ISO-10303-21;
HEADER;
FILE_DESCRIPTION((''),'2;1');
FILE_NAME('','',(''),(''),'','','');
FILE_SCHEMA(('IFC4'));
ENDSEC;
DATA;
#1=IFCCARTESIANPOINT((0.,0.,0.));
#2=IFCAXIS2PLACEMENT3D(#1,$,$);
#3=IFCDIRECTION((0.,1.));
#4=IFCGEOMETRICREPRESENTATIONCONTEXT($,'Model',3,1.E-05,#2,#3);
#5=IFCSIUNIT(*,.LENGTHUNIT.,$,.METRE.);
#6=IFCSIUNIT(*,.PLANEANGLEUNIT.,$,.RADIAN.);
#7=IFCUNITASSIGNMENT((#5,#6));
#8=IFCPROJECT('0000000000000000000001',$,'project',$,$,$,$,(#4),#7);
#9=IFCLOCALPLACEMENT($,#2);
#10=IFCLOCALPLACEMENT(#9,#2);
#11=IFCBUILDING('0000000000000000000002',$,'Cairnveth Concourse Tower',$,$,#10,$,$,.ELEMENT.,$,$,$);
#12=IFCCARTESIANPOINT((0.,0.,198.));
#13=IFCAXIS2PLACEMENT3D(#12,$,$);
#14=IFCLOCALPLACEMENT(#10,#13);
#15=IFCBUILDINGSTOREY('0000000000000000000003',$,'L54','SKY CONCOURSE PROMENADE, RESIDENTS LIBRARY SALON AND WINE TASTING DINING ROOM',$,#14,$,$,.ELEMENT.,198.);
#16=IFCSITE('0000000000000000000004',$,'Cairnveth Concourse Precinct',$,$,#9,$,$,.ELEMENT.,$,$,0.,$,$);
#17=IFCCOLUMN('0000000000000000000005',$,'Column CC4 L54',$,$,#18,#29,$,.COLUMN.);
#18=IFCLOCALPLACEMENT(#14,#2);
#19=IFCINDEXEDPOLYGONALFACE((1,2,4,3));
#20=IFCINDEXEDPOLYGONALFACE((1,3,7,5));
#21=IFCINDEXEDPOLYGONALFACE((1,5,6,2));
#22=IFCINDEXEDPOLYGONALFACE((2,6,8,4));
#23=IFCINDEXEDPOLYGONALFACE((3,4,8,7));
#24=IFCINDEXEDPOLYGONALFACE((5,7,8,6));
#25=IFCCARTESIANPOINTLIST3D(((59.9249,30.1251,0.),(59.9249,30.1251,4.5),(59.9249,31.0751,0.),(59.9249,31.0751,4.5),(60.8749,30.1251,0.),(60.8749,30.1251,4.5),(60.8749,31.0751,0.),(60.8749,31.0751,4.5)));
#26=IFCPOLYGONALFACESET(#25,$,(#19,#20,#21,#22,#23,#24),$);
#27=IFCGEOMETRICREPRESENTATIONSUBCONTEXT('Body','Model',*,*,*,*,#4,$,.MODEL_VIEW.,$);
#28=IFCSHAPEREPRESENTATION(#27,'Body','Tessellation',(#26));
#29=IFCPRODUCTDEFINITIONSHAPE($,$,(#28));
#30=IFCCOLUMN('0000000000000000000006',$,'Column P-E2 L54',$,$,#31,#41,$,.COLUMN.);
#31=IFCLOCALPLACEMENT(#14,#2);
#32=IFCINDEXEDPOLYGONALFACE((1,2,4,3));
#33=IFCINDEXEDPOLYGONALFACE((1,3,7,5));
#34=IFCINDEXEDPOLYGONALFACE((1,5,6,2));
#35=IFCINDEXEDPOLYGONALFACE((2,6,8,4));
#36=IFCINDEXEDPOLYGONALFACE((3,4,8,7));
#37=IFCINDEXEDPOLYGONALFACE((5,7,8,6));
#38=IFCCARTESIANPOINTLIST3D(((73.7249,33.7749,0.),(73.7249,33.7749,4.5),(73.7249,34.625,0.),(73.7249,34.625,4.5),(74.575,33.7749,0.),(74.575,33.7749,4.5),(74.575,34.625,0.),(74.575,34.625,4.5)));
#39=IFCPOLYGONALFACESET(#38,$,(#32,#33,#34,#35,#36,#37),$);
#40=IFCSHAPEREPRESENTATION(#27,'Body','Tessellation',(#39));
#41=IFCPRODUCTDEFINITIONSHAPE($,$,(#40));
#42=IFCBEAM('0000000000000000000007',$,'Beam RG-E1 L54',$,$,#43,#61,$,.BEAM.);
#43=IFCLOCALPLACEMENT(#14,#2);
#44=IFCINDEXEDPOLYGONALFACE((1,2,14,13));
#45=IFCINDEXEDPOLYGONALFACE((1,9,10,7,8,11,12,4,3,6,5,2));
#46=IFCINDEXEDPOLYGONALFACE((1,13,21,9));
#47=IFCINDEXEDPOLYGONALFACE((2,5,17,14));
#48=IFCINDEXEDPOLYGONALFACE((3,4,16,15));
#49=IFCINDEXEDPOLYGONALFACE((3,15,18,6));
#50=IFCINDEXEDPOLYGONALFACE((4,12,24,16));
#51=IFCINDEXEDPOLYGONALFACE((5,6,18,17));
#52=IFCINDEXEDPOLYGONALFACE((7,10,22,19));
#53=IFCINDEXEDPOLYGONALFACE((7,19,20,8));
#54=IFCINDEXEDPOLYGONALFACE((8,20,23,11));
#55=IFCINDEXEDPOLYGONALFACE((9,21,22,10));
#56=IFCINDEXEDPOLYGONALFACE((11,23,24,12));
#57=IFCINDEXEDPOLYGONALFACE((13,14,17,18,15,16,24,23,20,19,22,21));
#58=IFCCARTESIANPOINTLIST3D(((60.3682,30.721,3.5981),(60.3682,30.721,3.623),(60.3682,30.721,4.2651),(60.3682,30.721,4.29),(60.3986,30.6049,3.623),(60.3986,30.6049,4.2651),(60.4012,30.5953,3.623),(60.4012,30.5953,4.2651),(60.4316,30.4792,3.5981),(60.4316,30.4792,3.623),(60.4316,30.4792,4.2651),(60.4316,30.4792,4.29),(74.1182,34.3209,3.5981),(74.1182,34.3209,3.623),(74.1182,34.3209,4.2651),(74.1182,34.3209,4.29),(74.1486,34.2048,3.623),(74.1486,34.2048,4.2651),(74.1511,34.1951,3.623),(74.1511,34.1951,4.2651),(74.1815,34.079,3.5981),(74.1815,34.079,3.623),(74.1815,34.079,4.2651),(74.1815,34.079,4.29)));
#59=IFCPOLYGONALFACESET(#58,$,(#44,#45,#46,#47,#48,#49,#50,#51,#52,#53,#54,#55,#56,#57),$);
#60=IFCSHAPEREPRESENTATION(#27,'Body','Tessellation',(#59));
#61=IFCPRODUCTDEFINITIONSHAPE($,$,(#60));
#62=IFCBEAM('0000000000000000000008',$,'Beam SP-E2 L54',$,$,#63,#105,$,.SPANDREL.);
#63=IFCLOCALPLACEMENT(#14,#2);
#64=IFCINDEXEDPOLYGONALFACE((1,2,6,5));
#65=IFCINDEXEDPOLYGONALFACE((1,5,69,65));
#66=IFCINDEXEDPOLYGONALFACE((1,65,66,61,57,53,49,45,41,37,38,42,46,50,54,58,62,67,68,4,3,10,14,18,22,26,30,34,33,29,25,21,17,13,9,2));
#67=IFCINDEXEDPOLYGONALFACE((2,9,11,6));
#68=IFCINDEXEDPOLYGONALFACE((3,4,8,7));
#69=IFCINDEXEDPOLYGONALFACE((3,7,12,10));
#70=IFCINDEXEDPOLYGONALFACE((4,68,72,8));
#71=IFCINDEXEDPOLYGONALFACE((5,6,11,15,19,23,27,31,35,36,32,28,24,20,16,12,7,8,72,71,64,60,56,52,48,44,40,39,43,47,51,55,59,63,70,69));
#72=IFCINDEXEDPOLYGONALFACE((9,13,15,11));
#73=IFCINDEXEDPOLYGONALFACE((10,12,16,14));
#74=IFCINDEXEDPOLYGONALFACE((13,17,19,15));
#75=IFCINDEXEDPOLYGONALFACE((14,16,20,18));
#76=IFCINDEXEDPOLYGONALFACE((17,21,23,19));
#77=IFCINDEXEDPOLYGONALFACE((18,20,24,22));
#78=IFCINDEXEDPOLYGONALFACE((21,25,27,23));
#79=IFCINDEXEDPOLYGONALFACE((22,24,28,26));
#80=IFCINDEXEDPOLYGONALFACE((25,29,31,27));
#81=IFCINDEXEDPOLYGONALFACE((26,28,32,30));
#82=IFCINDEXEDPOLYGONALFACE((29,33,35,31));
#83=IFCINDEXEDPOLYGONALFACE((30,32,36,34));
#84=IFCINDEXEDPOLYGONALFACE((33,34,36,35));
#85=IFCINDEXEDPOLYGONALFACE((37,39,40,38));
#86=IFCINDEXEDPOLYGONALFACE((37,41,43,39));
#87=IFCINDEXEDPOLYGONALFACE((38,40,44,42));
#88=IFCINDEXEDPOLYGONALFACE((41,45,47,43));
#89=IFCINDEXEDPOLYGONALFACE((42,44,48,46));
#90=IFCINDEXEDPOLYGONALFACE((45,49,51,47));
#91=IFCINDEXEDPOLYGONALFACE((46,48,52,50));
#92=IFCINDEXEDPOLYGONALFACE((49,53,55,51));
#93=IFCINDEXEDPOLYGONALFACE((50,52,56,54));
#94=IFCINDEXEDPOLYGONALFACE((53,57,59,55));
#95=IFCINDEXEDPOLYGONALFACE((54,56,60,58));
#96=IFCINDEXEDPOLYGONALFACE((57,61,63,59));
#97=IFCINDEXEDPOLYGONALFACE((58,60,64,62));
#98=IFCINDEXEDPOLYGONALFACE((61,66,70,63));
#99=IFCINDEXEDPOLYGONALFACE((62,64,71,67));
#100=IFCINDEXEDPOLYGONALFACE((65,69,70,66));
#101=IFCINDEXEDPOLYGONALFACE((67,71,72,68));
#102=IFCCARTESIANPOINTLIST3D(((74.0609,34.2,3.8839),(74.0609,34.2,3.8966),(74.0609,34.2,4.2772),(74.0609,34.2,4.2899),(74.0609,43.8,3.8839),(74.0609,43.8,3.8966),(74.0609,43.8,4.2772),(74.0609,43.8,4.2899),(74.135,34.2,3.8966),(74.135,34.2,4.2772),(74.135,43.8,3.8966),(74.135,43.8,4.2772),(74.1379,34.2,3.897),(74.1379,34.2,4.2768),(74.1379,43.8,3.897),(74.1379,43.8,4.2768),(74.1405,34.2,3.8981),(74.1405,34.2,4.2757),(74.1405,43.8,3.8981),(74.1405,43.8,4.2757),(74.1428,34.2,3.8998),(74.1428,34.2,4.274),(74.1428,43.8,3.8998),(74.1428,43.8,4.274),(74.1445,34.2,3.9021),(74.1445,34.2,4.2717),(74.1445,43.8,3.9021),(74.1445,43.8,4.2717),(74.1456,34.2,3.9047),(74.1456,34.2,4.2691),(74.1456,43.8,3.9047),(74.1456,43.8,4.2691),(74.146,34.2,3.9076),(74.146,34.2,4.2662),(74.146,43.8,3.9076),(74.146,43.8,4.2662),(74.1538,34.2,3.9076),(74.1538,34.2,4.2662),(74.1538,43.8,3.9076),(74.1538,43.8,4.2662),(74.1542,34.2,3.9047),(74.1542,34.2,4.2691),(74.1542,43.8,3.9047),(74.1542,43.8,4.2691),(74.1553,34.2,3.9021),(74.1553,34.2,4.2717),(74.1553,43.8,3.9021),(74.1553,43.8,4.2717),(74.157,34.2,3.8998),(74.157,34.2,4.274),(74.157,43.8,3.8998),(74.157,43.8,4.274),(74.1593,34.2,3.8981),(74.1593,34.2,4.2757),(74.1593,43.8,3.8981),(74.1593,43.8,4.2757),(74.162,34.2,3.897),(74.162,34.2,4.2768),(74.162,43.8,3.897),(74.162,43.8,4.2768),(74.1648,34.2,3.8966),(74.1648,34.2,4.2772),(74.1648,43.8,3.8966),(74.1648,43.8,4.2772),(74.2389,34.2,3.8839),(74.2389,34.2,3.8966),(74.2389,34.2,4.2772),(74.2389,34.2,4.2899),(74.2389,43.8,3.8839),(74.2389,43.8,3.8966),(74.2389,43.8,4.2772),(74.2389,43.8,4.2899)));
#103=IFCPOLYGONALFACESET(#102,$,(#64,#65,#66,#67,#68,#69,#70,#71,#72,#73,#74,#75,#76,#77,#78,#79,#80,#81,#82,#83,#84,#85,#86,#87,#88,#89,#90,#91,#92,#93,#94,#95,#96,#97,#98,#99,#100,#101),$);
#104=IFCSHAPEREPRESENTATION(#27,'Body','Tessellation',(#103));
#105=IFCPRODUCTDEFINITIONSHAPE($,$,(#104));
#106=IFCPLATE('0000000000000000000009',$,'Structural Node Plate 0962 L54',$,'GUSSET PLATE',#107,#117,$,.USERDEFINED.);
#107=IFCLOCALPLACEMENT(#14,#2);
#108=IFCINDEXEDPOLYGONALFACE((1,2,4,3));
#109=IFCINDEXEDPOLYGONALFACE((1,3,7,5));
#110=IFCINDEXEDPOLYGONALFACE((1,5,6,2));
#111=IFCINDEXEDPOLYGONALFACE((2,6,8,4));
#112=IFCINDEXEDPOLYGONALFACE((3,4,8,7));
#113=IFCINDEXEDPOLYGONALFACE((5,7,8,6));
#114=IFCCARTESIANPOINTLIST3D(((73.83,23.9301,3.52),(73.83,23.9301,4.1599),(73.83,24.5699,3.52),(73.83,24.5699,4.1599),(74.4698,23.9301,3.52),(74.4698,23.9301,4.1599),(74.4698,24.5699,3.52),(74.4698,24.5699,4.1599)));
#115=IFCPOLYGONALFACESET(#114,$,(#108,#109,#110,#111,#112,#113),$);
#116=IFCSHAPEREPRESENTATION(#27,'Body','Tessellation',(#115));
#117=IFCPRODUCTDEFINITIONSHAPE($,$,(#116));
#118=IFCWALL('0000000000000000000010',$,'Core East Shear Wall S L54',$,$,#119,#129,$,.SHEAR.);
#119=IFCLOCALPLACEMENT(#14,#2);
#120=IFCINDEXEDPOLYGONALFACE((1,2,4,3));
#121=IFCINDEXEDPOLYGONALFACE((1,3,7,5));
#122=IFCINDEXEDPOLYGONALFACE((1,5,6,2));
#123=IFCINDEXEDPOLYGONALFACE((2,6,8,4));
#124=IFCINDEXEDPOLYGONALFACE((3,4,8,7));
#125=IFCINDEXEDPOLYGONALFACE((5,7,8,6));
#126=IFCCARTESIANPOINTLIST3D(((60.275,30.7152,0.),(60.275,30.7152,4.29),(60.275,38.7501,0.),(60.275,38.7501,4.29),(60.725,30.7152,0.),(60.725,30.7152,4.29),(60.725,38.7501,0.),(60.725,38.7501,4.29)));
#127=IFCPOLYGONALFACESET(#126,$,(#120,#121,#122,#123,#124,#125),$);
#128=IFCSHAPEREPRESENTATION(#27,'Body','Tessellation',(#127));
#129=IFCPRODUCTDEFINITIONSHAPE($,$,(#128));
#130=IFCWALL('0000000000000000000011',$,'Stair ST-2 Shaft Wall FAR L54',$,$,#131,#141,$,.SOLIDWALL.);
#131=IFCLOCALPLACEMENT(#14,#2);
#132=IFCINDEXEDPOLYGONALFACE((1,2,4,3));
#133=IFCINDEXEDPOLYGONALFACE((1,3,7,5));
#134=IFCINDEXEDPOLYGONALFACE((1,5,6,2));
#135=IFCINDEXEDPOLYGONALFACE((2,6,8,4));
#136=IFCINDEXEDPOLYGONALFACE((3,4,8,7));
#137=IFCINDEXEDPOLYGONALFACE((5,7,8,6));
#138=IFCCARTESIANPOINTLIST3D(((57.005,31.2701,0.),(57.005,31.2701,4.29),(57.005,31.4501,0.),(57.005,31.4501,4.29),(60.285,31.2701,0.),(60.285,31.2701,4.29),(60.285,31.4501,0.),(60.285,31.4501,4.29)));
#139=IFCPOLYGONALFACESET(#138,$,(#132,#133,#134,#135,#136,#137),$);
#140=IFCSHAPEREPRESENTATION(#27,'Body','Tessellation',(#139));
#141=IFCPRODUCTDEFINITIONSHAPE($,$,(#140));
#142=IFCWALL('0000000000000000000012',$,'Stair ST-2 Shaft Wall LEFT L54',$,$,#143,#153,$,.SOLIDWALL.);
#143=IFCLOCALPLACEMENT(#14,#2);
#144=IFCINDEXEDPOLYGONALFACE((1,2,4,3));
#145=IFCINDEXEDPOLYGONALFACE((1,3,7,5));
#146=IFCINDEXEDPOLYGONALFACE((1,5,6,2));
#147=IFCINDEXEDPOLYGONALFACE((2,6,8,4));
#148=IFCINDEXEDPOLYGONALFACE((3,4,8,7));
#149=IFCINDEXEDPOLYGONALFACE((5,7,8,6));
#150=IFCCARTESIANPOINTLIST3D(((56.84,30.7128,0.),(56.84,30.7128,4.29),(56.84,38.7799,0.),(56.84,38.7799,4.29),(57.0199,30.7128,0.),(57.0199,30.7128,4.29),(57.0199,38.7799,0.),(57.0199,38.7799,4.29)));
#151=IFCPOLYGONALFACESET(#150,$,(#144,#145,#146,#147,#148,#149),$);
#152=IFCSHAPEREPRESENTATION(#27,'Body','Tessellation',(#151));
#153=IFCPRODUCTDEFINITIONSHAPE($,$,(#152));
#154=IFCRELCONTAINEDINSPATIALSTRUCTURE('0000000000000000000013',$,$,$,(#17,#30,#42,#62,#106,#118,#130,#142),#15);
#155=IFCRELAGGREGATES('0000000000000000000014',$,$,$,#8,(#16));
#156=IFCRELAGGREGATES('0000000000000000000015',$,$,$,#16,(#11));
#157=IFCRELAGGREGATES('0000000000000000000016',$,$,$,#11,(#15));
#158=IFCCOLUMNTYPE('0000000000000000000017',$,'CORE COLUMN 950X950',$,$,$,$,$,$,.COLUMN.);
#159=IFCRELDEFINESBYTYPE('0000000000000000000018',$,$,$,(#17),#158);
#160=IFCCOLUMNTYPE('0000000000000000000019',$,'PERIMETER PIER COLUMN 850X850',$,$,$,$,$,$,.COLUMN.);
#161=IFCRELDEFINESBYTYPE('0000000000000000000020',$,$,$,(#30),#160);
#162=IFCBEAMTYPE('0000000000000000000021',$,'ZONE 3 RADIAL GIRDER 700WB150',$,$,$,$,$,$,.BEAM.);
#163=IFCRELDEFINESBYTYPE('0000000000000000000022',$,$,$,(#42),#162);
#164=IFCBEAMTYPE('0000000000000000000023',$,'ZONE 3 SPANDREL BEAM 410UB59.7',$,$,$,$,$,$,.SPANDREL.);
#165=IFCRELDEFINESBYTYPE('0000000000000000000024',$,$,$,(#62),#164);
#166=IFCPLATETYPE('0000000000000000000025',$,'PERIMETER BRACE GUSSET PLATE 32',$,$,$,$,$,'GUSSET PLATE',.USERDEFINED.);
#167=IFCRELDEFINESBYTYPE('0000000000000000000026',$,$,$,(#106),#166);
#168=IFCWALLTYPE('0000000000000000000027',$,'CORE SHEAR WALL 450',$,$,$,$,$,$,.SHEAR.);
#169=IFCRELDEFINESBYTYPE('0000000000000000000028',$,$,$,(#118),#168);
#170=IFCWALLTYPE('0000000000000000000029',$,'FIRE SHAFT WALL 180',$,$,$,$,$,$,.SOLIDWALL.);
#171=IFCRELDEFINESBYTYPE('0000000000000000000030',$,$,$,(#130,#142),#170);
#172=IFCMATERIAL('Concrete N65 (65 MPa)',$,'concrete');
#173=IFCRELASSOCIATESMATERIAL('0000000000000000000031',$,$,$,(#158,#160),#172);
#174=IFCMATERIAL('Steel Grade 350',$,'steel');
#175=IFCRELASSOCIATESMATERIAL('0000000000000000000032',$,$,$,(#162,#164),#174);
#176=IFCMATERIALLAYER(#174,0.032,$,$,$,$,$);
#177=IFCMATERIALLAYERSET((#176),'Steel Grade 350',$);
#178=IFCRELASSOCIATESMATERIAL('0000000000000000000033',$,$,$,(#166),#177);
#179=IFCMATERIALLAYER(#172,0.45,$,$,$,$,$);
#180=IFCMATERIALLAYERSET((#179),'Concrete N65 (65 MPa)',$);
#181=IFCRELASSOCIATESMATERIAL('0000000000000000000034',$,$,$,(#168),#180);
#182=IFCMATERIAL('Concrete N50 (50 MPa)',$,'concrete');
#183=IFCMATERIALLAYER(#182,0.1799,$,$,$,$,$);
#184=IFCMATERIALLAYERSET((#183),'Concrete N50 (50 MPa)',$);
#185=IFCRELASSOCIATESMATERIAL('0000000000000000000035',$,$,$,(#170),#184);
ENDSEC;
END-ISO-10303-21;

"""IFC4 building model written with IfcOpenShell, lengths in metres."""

from ifc_helpers import new_model, si_unit, direction, frame, frame_2d, origin, origin_2d, place, context, subcontext, project, spatial, rectangle, i_section, extrude, material, layer, layer_set, material_profile, profile_set, type_object, element, save


model = new_model("IFC4")

# Units and contexts
model_context = context("Model", 3, precision=1e-05, world=origin(), true_north=direction((0.0, 1.0)))
body_context = subcontext(model_context, "Body", "Model", "MODEL_VIEW")
ifc_project = project(units=[si_unit("LENGTHUNIT", "METRE"), si_unit("PLANEANGLEUNIT", "RADIAN")], contexts=[model_context])

# Site, building, storey
site_placement = place(None, origin())
site = spatial("IfcSite", under=ifc_project, at=site_placement, Name="Cairnveth Concourse Precinct", CompositionType="ELEMENT", RefElevation=0.0)
building_placement = place(site_placement, origin())
building = spatial("IfcBuilding", under=site, at=building_placement, Name="Cairnveth Concourse Tower", CompositionType="ELEMENT")
storey_placement = place(building_placement, frame((0.0, 0.0, 198.0)))
storey = spatial("IfcBuildingStorey", under=building, at=storey_placement, Name="L54", Description="SKY CONCOURSE PROMENADE, RESIDENTS LIBRARY SALON AND WINE TASTING DINING ROOM", CompositionType="ELEMENT", Elevation=198.0)

# Columns
ifc_material_1 = material(Name="Concrete N65 (65 MPa)", Category="concrete")
ifc_material_profile_1 = material_profile(ifc_material_1, rectangle(XDim=0.95, YDim=0.95, at=origin_2d()), Name="RC-COL-950x950")
ifc_profile_set_1 = profile_set([ifc_material_profile_1], Name="Concrete N65 (65 MPa)")
column_type_1 = type_object("IfcColumnType", Name="CORE COLUMN 950X950", PredefinedType="COLUMN", material=ifc_profile_set_1)
column_1_placement = place(storey_placement, frame((60.3999, 30.6001, 0.0), z_axis=(0.0, 0.0, 1.0), x_axis=(1.0, 0.0, 0.0)))
element("IfcColumn", 1, at=column_1_placement, inside=storey, type_object=column_type_1, Name="Column CC4 L54", PredefinedType="COLUMN", context=body_context, shape_type="SweptSolid", body=[
    extrude(rectangle(XDim=0.95, YDim=0.95, at=origin_2d()), origin(), (0.0, 0.0, 1.0), 4.5),
])
ifc_material_profile_2 = material_profile(ifc_material_1, rectangle(XDim=0.8501, YDim=0.8501, at=origin_2d()), Name="RC-COL-850x850")
ifc_profile_set_2 = profile_set([ifc_material_profile_2], Name="Concrete N65 (65 MPa)")
column_type_2 = type_object("IfcColumnType", Name="PERIMETER PIER COLUMN 850X850", PredefinedType="COLUMN", material=ifc_profile_set_2)
column_2_placement = place(storey_placement, frame((74.1499, 34.2, 0.0), z_axis=(0.0, 0.0, 1.0), x_axis=(0.0, 1.0, 0.0)))
element("IfcColumn", 2, at=column_2_placement, inside=storey, type_object=column_type_2, Name="Column P-E2 L54", PredefinedType="COLUMN", context=body_context, shape_type="SweptSolid", body=[
    extrude(rectangle(XDim=0.8501, YDim=0.8501, at=origin_2d()), origin(), (0.0, 0.0, 1.0), 4.5),
])

# Beams
ifc_material_2 = material(Name="Steel Grade 350", Category="steel")
ifc_material_profile_3 = material_profile(ifc_material_2, i_section(OverallWidth=0.25, OverallDepth=0.6919, WebThickness=0.01, FlangeThickness=0.0249, at=origin_2d()), Name="700WB150")
ifc_profile_set_3 = profile_set([ifc_material_profile_3], Name="Steel Grade 350")
beam_type_1 = type_object("IfcBeamType", Name="ZONE 3 RADIAL GIRDER 700WB150", PredefinedType="BEAM", material=ifc_profile_set_3)
beam_1_placement = place(storey_placement, frame((60.3999, 30.6001, 3.9441), z_axis=(0.967395, 0.253271, 0.0), x_axis=(-0.253271, 0.967395, 0.0)))
element("IfcBeam", 3, at=beam_1_placement, inside=storey, type_object=beam_type_1, Name="Beam RG-E1 L54", PredefinedType="BEAM", context=body_context, shape_type="SweptSolid", body=[
    extrude(i_section(OverallWidth=0.25, OverallDepth=0.6919, WebThickness=0.01, FlangeThickness=0.0249, at=origin_2d()), origin(), (0.0, 0.0, 1.0), 14.2134),
])
ifc_material_profile_4 = material_profile(ifc_material_2, i_section(OverallWidth=0.178, OverallDepth=0.406, WebThickness=0.0078, FlangeThickness=0.0127, FilletRadius=0.011, at=origin_2d()), Name="410UB59.7")
ifc_profile_set_4 = profile_set([ifc_material_profile_4], Name="Steel Grade 350")
beam_type_2 = type_object("IfcBeamType", Name="ZONE 3 SPANDREL BEAM 410UB59.7", PredefinedType="SPANDREL", material=ifc_profile_set_4)
beam_2_placement = place(storey_placement, frame((74.1499, 34.2, 4.0869), z_axis=(0.0, 1.0, 0.0), x_axis=(-1.0, 0.0, 0.0)))
element("IfcBeam", 4, at=beam_2_placement, inside=storey, type_object=beam_type_2, Name="Beam SP-E2 L54", PredefinedType="SPANDREL", context=body_context, shape_type="SweptSolid", body=[
    extrude(i_section(OverallWidth=0.178, OverallDepth=0.406, WebThickness=0.0078, FlangeThickness=0.0127, FilletRadius=0.011, at=origin_2d()), origin(), (0.0, 0.0, 1.0), 9.6001),
])

# Plate
ifc_layer_1 = layer(ifc_material_2, 0.032)
ifc_layer_set_1 = layer_set([ifc_layer_1], Name="Steel Grade 350")
plate_type = type_object("IfcPlateType", Name="PERIMETER BRACE GUSSET PLATE 32", ElementType="GUSSET PLATE", PredefinedType="USERDEFINED", material=ifc_layer_set_1)
plate_placement = place(storey_placement, frame((74.1499, 24.25, 3.52), z_axis=(0.0, 0.0, 1.0), x_axis=(1.0, 0.0, 0.0)))
element("IfcPlate", 5, at=plate_placement, inside=storey, type_object=plate_type, Name="Structural Node Plate 0962 L54", ObjectType="GUSSET PLATE", PredefinedType="USERDEFINED", context=body_context, shape_type="SweptSolid", body=[
    extrude(rectangle(XDim=0.6399, YDim=0.6399, at=origin_2d()), origin(), (0.0, 0.0, 1.0), 0.6399),
])

# Wall
ifc_layer_2 = layer(ifc_material_1, 0.45)
ifc_layer_set_2 = layer_set([ifc_layer_2], Name="Concrete N65 (65 MPa)")
wall_type_1 = type_object("IfcWallType", Name="CORE SHEAR WALL 450", PredefinedType="SHEAR", material=ifc_layer_set_2)
wall_1_placement = place(storey_placement, frame((60.5, 30.7151, 0.0), z_axis=(0.0, 0.0, 1.0), x_axis=(0.0, 1.0, 0.0)))
element("IfcWall", 6, at=wall_1_placement, inside=storey, type_object=wall_type_1, Name="Core East Shear Wall S L54", PredefinedType="SHEAR", context=body_context, shape_type="SweptSolid", body=[
    extrude(rectangle(XDim=8.0349, YDim=0.45, at=frame_2d((4.0176, 0.0))), origin(), (0.0, 0.0, 1.0), 4.29),
])

# Shared definitions
ifc_material_3 = material(Name="Concrete N50 (50 MPa)", Category="concrete")
ifc_layer_3 = layer(ifc_material_3, 0.1799)
ifc_layer_set_3 = layer_set([ifc_layer_3], Name="Concrete N50 (50 MPa)")
wall_type_2 = type_object("IfcWallType", Name="FIRE SHAFT WALL 180", PredefinedType="SOLIDWALL", material=ifc_layer_set_3)

# Walls
wall_2_placement = place(storey_placement, frame((57.0049, 31.3601, 0.0), z_axis=(0.0, 0.0, 1.0), x_axis=(1.0, 0.0, 0.0)))
element("IfcWall", 7, at=wall_2_placement, inside=storey, type_object=wall_type_2, Name="Stair ST-2 Shaft Wall FAR L54", PredefinedType="SOLIDWALL", context=body_context, shape_type="SweptSolid", body=[
    extrude(rectangle(XDim=3.28, YDim=0.1799, at=frame_2d((1.6401, 0.0))), origin(), (0.0, 0.0, 1.0), 4.29),
])
wall_3_placement = place(storey_placement, frame((56.9299, 38.78, 0.0), z_axis=(0.0, 0.0, 1.0), x_axis=(0.0, -1.0, 0.0)))
element("IfcWall", 8, at=wall_3_placement, inside=storey, type_object=wall_type_2, Name="Stair ST-2 Shaft Wall LEFT L54", PredefinedType="SOLIDWALL", context=body_context, shape_type="SweptSolid", body=[
    extrude(rectangle(XDim=8.0671, YDim=0.1799, at=frame_2d((4.0337, 0.0))), origin(), (0.0, 0.0, 1.0), 4.29),
])

save(model, "model.ifc")
